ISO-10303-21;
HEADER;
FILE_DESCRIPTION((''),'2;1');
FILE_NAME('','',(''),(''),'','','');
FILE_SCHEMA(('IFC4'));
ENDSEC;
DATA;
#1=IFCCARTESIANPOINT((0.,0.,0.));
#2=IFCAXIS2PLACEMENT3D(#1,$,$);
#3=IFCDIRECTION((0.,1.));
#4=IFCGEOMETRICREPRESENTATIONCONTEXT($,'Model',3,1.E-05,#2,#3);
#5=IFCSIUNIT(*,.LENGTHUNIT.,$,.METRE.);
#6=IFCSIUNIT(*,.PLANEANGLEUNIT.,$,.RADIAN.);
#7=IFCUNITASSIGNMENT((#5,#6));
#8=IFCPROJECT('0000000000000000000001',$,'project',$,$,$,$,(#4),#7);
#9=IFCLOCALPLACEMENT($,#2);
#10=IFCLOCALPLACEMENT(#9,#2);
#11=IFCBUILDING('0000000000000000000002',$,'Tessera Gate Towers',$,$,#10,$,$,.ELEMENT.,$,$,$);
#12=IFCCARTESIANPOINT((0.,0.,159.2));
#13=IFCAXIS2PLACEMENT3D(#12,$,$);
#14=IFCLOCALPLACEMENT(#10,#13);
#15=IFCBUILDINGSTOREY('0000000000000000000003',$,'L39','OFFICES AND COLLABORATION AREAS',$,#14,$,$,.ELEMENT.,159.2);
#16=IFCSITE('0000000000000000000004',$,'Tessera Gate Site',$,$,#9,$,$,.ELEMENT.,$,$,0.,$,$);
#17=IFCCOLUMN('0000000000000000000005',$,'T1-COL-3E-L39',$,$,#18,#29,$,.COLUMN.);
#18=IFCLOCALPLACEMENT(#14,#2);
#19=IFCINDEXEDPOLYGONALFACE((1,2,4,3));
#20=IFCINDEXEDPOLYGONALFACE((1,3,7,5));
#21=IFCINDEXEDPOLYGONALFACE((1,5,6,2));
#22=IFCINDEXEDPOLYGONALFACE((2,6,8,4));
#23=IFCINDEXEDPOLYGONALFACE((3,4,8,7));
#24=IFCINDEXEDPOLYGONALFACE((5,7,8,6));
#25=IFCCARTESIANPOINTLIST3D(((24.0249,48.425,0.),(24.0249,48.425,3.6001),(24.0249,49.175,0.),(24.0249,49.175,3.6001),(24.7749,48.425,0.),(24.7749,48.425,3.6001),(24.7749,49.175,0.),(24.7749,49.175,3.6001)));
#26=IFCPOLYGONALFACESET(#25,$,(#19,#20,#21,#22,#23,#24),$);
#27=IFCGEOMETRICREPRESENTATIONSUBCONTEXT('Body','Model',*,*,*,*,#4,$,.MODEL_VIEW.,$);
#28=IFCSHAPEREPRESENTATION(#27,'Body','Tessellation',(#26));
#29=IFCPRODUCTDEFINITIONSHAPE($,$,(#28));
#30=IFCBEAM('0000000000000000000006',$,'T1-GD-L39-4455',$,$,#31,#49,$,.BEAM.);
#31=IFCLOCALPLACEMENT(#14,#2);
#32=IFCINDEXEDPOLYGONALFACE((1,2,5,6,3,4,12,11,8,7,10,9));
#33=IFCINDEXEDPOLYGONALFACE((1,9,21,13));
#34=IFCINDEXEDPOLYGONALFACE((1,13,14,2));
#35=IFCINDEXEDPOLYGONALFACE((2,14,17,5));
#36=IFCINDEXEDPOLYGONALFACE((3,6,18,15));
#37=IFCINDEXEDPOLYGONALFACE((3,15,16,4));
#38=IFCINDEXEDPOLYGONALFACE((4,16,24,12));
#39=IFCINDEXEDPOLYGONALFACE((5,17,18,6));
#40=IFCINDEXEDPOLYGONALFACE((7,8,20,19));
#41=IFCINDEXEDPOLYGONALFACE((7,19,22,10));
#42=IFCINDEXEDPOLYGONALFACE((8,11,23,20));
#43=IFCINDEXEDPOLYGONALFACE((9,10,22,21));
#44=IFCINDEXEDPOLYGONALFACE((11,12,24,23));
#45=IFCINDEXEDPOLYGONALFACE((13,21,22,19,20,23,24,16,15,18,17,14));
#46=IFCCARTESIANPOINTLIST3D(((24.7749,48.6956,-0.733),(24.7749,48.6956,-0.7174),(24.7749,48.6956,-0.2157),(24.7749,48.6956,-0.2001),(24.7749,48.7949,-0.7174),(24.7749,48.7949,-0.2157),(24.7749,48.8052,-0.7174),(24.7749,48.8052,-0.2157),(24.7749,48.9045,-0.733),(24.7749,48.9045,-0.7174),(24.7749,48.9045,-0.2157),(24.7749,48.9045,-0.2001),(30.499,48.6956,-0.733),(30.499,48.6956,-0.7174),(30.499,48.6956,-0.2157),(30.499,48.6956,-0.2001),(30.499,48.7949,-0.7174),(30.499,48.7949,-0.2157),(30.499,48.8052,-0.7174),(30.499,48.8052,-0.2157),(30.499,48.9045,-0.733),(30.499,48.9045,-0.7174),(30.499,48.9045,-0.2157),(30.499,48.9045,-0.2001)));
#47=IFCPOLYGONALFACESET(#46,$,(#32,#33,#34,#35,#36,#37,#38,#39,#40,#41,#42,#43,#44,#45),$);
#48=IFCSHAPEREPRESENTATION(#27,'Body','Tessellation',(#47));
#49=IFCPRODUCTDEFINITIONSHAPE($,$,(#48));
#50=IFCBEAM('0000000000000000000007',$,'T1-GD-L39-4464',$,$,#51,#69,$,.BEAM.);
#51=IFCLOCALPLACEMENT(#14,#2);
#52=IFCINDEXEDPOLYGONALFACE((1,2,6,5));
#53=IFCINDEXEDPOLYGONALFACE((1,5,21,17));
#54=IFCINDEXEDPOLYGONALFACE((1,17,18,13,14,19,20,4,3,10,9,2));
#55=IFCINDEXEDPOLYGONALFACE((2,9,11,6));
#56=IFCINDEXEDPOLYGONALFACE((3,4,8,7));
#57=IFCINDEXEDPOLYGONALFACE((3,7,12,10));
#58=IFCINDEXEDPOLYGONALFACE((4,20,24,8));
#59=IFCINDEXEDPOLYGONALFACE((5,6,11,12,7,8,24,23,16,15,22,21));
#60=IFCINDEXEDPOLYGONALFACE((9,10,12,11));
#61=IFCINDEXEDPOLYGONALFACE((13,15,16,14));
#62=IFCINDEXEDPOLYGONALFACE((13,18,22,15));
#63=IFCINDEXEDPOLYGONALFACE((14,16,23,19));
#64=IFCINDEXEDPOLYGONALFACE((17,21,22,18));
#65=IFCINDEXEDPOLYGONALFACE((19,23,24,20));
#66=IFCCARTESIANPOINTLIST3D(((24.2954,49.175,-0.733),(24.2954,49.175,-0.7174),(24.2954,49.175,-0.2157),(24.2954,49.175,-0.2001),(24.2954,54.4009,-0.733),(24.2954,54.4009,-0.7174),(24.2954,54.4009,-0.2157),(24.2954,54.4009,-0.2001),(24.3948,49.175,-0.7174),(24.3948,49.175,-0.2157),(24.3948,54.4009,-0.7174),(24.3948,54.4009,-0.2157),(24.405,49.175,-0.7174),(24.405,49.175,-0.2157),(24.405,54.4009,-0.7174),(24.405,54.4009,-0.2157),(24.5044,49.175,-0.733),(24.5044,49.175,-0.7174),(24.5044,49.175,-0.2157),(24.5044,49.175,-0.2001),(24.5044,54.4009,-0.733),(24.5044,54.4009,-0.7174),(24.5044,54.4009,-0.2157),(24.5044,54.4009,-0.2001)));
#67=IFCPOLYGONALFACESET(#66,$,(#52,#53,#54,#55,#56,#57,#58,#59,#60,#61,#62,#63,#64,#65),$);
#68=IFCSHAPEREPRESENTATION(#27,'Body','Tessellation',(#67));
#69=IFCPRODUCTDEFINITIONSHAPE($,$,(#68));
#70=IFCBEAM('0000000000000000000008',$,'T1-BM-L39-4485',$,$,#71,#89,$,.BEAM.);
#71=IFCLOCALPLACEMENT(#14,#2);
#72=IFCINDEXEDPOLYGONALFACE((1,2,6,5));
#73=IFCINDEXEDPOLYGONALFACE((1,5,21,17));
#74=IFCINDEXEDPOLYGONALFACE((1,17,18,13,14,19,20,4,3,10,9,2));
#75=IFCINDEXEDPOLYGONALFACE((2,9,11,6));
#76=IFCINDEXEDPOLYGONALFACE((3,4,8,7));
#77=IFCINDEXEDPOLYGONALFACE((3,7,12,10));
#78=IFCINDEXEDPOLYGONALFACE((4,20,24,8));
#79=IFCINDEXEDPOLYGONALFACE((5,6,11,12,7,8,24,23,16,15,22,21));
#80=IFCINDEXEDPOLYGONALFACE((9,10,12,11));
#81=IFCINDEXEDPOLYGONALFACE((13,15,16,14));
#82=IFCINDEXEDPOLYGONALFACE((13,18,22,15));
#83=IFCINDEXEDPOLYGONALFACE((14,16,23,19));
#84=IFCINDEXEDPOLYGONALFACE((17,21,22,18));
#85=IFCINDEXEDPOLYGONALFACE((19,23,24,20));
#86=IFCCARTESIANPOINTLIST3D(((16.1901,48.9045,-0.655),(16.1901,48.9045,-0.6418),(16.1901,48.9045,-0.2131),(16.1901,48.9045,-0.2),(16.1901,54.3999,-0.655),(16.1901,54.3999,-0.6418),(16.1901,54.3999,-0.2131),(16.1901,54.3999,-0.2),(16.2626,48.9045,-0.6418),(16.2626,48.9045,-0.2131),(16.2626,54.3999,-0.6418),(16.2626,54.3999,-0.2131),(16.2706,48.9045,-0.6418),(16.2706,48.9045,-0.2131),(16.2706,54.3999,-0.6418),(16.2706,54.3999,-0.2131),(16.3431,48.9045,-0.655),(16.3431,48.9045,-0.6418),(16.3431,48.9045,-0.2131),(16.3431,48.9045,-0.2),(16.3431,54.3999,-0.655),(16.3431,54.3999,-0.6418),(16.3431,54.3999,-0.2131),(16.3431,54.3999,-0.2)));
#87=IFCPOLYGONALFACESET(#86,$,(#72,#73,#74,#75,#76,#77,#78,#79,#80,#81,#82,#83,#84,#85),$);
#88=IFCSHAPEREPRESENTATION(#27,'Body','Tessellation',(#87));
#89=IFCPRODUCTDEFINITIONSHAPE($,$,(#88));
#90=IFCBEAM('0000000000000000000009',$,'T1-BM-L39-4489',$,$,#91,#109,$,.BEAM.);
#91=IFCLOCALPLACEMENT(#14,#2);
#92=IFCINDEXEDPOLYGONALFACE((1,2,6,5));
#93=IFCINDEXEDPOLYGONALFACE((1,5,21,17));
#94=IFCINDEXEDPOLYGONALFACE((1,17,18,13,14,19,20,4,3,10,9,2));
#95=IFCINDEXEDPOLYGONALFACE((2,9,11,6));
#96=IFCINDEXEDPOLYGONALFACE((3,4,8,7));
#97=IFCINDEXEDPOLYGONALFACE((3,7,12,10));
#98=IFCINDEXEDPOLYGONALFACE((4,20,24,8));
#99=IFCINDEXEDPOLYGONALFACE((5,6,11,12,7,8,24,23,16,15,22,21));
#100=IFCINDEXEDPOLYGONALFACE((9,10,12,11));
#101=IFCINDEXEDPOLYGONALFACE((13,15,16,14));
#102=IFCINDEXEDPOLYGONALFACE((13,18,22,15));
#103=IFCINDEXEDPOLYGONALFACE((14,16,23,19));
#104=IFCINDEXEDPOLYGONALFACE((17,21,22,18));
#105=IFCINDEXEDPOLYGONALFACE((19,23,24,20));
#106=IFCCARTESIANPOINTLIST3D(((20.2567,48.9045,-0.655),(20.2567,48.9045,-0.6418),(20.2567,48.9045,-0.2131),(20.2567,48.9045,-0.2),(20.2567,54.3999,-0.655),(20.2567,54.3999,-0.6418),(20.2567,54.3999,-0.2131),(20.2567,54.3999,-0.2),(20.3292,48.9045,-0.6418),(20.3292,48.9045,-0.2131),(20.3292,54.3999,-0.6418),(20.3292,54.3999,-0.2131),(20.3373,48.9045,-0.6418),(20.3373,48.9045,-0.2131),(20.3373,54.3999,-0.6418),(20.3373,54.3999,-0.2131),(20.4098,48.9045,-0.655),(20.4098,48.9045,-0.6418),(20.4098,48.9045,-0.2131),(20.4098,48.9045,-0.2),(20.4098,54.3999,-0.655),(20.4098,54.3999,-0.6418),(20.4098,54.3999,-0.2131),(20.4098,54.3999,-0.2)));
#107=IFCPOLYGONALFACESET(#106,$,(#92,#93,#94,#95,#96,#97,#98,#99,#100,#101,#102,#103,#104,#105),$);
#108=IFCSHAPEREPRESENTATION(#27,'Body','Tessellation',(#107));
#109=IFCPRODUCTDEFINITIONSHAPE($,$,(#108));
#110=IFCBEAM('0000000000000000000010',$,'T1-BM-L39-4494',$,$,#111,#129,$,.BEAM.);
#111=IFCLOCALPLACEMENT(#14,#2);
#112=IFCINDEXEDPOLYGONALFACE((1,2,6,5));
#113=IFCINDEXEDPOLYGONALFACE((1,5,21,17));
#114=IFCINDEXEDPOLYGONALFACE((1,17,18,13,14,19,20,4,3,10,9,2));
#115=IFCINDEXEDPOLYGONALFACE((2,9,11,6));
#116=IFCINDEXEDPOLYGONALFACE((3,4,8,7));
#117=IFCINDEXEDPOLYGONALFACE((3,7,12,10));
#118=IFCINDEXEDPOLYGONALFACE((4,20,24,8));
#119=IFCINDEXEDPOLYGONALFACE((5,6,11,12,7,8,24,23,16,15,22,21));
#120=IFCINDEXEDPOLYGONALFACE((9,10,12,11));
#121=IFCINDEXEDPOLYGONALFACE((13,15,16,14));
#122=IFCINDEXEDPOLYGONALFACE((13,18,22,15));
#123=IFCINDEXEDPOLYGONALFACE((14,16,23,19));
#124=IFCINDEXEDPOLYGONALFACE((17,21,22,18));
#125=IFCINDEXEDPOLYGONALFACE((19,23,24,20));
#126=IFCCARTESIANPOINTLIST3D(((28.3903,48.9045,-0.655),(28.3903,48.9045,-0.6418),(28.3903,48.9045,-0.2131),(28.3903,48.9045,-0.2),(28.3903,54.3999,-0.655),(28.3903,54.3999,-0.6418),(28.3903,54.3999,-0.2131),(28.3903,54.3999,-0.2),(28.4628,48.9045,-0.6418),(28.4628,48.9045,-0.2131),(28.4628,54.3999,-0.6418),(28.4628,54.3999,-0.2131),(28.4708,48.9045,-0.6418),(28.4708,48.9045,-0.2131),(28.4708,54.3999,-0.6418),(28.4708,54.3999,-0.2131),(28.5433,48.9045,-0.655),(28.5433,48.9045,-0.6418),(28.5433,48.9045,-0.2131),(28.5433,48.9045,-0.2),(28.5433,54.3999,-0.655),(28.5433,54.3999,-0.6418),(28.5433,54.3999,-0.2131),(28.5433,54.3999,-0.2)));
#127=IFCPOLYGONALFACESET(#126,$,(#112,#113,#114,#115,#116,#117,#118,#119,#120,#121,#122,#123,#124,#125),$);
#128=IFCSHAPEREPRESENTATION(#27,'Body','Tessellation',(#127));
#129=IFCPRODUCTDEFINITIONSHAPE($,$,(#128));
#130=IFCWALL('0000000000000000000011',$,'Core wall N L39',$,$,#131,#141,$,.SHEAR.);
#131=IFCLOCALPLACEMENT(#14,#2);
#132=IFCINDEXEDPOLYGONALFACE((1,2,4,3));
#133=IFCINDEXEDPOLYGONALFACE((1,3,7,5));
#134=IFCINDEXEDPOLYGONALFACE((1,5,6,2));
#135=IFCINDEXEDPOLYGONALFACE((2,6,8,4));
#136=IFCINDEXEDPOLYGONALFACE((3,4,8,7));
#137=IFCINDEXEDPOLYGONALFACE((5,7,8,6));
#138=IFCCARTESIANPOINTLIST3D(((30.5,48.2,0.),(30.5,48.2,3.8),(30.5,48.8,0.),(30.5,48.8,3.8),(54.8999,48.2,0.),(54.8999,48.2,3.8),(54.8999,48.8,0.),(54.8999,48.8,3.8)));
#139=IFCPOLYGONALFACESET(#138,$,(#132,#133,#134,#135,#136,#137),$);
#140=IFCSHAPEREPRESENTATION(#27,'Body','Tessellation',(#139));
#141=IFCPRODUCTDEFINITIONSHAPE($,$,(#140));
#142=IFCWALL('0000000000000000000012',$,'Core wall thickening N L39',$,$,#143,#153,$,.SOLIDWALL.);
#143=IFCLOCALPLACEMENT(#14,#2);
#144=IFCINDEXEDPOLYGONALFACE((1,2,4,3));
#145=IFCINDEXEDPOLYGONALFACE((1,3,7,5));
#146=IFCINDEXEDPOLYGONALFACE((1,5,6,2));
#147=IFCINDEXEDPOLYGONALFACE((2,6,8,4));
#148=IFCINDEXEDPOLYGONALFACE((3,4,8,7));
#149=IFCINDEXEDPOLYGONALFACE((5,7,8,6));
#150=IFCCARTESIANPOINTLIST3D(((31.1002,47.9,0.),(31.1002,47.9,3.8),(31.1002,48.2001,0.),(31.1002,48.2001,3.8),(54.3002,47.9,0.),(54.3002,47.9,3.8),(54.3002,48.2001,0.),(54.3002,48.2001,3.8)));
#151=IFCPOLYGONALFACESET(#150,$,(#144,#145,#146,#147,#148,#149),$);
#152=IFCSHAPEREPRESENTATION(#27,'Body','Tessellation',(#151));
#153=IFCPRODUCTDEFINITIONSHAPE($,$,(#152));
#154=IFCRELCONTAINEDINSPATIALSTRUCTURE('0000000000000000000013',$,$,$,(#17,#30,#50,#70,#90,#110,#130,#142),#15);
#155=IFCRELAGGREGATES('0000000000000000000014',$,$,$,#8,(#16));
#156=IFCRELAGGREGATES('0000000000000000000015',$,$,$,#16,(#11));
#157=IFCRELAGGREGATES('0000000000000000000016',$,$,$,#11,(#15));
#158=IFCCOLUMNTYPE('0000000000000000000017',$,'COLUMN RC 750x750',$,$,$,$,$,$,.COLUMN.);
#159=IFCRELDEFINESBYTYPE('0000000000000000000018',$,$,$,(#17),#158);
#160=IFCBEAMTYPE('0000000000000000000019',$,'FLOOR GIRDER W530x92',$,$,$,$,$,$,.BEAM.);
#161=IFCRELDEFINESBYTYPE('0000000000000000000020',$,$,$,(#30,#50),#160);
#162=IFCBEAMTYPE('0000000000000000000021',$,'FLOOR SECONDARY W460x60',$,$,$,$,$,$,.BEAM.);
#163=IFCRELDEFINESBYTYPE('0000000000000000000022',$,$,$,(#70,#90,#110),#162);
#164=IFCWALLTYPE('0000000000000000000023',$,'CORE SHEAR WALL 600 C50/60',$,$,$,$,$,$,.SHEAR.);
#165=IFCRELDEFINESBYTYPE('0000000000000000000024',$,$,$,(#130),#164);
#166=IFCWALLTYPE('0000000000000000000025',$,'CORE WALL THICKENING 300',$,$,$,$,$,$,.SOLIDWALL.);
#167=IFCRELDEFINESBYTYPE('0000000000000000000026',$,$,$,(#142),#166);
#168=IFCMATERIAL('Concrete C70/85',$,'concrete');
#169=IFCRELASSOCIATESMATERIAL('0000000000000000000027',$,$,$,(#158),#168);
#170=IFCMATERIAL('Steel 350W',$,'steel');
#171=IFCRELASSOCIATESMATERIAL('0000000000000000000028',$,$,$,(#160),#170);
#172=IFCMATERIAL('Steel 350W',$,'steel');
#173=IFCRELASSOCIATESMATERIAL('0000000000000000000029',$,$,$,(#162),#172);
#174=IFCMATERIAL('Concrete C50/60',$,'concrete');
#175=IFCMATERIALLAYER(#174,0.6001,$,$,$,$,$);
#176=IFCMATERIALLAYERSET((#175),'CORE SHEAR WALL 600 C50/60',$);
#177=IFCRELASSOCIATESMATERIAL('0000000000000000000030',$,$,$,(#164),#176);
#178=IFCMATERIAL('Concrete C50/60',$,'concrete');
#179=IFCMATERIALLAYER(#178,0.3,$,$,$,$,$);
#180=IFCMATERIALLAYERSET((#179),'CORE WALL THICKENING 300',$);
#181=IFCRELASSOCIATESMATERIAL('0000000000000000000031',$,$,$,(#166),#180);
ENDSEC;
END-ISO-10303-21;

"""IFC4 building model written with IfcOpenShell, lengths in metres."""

from ifc_helpers import new_model, si_unit, direction, frame, frame_2d, origin, origin_2d, place, context, subcontext, project, spatial, rectangle, i_section, extrude, material, layer, layer_set, material_profile, profile_set, type_object, element, save


model = new_model("IFC4")

# Units and contexts
model_context = context("Model", 3, precision=1e-05, world=origin(), true_north=direction((0.0, 1.0)))
body_context = subcontext(model_context, "Body", "Model", "MODEL_VIEW")
ifc_project = project(units=[si_unit("LENGTHUNIT", "METRE"), si_unit("PLANEANGLEUNIT", "RADIAN")], contexts=[model_context])

# Site, building, storey
site_placement = place(None, origin())
site = spatial("IfcSite", under=ifc_project, at=site_placement, Name="Tessera Gate Site", CompositionType="ELEMENT", RefElevation=0.0)
building_placement = place(site_placement, origin())
building = spatial("IfcBuilding", under=site, at=building_placement, Name="Tessera Gate Towers", CompositionType="ELEMENT")
storey_placement = place(building_placement, frame((0.0, 0.0, 159.2)))
storey = spatial("IfcBuildingStorey", under=building, at=storey_placement, Name="L39", Description="OFFICES AND COLLABORATION AREAS", CompositionType="ELEMENT", Elevation=159.2)

# Column
ifc_material_1 = material(Name="Concrete C70/85", Category="concrete")
ifc_material_profile_1 = material_profile(ifc_material_1, rectangle(XDim=0.75, YDim=0.75, at=origin_2d()), Name="RC 750x750")
ifc_profile_set_1 = profile_set([ifc_material_profile_1], Name="Concrete C70/85")
column_type = type_object("IfcColumnType", Name="COLUMN RC 750x750", PredefinedType="COLUMN", material=ifc_profile_set_1)
column_placement = place(storey_placement, frame((24.3999, 48.8, 0.0), z_axis=(0.0, 0.0, 1.0), x_axis=(1.0, 0.0, 0.0)))
element("IfcColumn", 1, at=column_placement, inside=storey, type_object=column_type, Name="T1-COL-3E-L39", PredefinedType="COLUMN", context=body_context, shape_type="SweptSolid", body=[
    extrude(rectangle(XDim=0.75, YDim=0.75, at=origin_2d()), origin(), (0.0, 0.0, 1.0), 3.6001),
])

# Beams
ifc_material_2 = material(Name="Steel 350W", Category="steel")
ifc_material_profile_2 = material_profile(ifc_material_2, i_section(OverallWidth=0.209, OverallDepth=0.533, WebThickness=0.0103, FlangeThickness=0.0156, at=origin_2d()), Name="W530x92")
ifc_profile_set_2 = profile_set([ifc_material_profile_2], Name="Steel 350W")
beam_type_1 = type_object("IfcBeamType", Name="FLOOR GIRDER W530x92", PredefinedType="BEAM", material=ifc_profile_set_2)
beam_1_placement = place(storey_placement, frame((24.7749, 48.8, -0.4666), z_axis=(1.0, 0.0, 0.0), x_axis=(0.0, 1.0, 0.0)))
element("IfcBeam", 2, at=beam_1_placement, inside=storey, type_object=beam_type_1, Name="T1-GD-L39-4455", PredefinedType="BEAM", context=body_context, shape_type="SweptSolid", body=[
    extrude(i_section(OverallWidth=0.209, OverallDepth=0.533, WebThickness=0.0103, FlangeThickness=0.0156, at=origin_2d()), origin(), (0.0, 0.0, 1.0), 5.7241),
])
beam_2_placement = place(storey_placement, frame((24.3999, 49.175, -0.4666), z_axis=(0.0, 1.0, 0.0), x_axis=(-1.0, 0.0, 0.0)))
element("IfcBeam", 3, at=beam_2_placement, inside=storey, type_object=beam_type_1, Name="T1-GD-L39-4464", PredefinedType="BEAM", context=body_context, shape_type="SweptSolid", body=[
    extrude(i_section(OverallWidth=0.209, OverallDepth=0.533, WebThickness=0.0103, FlangeThickness=0.0156, at=origin_2d()), origin(), (0.0, 0.0, 1.0), 5.2258),
])
ifc_material_3 = material(Name="Steel 350W", Category="steel")
ifc_material_profile_3 = material_profile(ifc_material_3, i_section(OverallWidth=0.1531, OverallDepth=0.4551, WebThickness=0.0081, FlangeThickness=0.0132, at=origin_2d()), Name="W460x60")
ifc_profile_set_3 = profile_set([ifc_material_profile_3], Name="Steel 350W")
beam_type_2 = type_object("IfcBeamType", Name="FLOOR SECONDARY W460x60", PredefinedType="BEAM", material=ifc_profile_set_3)
for number, where, z_axis, x_axis, name in (
    (4, (16.2666, 48.9045, -0.4275), (0.0, 1.0, 0.0), (-1.0, 0.0, 0.0), "T1-BM-L39-4485"),
    (5, (20.3333, 48.9045, -0.4275), (0.0, 1.0, 0.0), (-1.0, 0.0, 0.0), "T1-BM-L39-4489"),
    (6, (28.4668, 48.9045, -0.4275), (0.0, 1.0, 0.0), (-1.0, 0.0, 0.0), "T1-BM-L39-4494"),
):
    element("IfcBeam", number, at=place(storey_placement, frame(where, z_axis=z_axis, x_axis=x_axis)), inside=storey, type_object=beam_type_2, Name=name, PredefinedType="BEAM", context=body_context, shape_type="SweptSolid", body=[
        extrude(i_section(OverallWidth=0.1531, OverallDepth=0.4551, WebThickness=0.0081, FlangeThickness=0.0132, at=origin_2d()), origin(), (0.0, 0.0, 1.0), 5.4954),
    ])

# Walls
ifc_material_4 = material(Name="Concrete C50/60", Category="concrete")
ifc_layer_1 = layer(ifc_material_4, 0.6001)
ifc_layer_set_1 = layer_set([ifc_layer_1], Name="CORE SHEAR WALL 600 C50/60")
wall_type_1 = type_object("IfcWallType", Name="CORE SHEAR WALL 600 C50/60", PredefinedType="SHEAR", material=ifc_layer_set_1)
wall_1_placement = place(storey_placement, frame((30.5, 48.5, 0.0), z_axis=(0.0, 0.0, 1.0), x_axis=(1.0, 0.0, 0.0)))
element("IfcWall", 7, at=wall_1_placement, inside=storey, type_object=wall_type_1, Name="Core wall N L39", PredefinedType="SHEAR", context=body_context, shape_type="SweptSolid", body=[
    extrude(rectangle(XDim=24.3999, YDim=0.6001, at=frame_2d((12.2, 0.0))), origin(), (0.0, 0.0, 1.0), 3.8),
])
ifc_material_5 = material(Name="Concrete C50/60", Category="concrete")
ifc_layer_2 = layer(ifc_material_5, 0.3)
ifc_layer_set_2 = layer_set([ifc_layer_2], Name="CORE WALL THICKENING 300")
wall_type_2 = type_object("IfcWallType", Name="CORE WALL THICKENING 300", PredefinedType="SOLIDWALL", material=ifc_layer_set_2)
wall_2_placement = place(storey_placement, frame((31.1001, 48.05, 0.0), z_axis=(0.0, 0.0, 1.0), x_axis=(1.0, 0.0, 0.0)))
element("IfcWall", 8, at=wall_2_placement, inside=storey, type_object=wall_type_2, Name="Core wall thickening N L39", PredefinedType="SOLIDWALL", context=body_context, shape_type="SweptSolid", body=[
    extrude(rectangle(XDim=23.2, YDim=0.3, at=frame_2d((11.6001, 0.0))), origin(), (0.0, 0.0, 1.0), 3.8),
])

save(model, "model.ifc")
